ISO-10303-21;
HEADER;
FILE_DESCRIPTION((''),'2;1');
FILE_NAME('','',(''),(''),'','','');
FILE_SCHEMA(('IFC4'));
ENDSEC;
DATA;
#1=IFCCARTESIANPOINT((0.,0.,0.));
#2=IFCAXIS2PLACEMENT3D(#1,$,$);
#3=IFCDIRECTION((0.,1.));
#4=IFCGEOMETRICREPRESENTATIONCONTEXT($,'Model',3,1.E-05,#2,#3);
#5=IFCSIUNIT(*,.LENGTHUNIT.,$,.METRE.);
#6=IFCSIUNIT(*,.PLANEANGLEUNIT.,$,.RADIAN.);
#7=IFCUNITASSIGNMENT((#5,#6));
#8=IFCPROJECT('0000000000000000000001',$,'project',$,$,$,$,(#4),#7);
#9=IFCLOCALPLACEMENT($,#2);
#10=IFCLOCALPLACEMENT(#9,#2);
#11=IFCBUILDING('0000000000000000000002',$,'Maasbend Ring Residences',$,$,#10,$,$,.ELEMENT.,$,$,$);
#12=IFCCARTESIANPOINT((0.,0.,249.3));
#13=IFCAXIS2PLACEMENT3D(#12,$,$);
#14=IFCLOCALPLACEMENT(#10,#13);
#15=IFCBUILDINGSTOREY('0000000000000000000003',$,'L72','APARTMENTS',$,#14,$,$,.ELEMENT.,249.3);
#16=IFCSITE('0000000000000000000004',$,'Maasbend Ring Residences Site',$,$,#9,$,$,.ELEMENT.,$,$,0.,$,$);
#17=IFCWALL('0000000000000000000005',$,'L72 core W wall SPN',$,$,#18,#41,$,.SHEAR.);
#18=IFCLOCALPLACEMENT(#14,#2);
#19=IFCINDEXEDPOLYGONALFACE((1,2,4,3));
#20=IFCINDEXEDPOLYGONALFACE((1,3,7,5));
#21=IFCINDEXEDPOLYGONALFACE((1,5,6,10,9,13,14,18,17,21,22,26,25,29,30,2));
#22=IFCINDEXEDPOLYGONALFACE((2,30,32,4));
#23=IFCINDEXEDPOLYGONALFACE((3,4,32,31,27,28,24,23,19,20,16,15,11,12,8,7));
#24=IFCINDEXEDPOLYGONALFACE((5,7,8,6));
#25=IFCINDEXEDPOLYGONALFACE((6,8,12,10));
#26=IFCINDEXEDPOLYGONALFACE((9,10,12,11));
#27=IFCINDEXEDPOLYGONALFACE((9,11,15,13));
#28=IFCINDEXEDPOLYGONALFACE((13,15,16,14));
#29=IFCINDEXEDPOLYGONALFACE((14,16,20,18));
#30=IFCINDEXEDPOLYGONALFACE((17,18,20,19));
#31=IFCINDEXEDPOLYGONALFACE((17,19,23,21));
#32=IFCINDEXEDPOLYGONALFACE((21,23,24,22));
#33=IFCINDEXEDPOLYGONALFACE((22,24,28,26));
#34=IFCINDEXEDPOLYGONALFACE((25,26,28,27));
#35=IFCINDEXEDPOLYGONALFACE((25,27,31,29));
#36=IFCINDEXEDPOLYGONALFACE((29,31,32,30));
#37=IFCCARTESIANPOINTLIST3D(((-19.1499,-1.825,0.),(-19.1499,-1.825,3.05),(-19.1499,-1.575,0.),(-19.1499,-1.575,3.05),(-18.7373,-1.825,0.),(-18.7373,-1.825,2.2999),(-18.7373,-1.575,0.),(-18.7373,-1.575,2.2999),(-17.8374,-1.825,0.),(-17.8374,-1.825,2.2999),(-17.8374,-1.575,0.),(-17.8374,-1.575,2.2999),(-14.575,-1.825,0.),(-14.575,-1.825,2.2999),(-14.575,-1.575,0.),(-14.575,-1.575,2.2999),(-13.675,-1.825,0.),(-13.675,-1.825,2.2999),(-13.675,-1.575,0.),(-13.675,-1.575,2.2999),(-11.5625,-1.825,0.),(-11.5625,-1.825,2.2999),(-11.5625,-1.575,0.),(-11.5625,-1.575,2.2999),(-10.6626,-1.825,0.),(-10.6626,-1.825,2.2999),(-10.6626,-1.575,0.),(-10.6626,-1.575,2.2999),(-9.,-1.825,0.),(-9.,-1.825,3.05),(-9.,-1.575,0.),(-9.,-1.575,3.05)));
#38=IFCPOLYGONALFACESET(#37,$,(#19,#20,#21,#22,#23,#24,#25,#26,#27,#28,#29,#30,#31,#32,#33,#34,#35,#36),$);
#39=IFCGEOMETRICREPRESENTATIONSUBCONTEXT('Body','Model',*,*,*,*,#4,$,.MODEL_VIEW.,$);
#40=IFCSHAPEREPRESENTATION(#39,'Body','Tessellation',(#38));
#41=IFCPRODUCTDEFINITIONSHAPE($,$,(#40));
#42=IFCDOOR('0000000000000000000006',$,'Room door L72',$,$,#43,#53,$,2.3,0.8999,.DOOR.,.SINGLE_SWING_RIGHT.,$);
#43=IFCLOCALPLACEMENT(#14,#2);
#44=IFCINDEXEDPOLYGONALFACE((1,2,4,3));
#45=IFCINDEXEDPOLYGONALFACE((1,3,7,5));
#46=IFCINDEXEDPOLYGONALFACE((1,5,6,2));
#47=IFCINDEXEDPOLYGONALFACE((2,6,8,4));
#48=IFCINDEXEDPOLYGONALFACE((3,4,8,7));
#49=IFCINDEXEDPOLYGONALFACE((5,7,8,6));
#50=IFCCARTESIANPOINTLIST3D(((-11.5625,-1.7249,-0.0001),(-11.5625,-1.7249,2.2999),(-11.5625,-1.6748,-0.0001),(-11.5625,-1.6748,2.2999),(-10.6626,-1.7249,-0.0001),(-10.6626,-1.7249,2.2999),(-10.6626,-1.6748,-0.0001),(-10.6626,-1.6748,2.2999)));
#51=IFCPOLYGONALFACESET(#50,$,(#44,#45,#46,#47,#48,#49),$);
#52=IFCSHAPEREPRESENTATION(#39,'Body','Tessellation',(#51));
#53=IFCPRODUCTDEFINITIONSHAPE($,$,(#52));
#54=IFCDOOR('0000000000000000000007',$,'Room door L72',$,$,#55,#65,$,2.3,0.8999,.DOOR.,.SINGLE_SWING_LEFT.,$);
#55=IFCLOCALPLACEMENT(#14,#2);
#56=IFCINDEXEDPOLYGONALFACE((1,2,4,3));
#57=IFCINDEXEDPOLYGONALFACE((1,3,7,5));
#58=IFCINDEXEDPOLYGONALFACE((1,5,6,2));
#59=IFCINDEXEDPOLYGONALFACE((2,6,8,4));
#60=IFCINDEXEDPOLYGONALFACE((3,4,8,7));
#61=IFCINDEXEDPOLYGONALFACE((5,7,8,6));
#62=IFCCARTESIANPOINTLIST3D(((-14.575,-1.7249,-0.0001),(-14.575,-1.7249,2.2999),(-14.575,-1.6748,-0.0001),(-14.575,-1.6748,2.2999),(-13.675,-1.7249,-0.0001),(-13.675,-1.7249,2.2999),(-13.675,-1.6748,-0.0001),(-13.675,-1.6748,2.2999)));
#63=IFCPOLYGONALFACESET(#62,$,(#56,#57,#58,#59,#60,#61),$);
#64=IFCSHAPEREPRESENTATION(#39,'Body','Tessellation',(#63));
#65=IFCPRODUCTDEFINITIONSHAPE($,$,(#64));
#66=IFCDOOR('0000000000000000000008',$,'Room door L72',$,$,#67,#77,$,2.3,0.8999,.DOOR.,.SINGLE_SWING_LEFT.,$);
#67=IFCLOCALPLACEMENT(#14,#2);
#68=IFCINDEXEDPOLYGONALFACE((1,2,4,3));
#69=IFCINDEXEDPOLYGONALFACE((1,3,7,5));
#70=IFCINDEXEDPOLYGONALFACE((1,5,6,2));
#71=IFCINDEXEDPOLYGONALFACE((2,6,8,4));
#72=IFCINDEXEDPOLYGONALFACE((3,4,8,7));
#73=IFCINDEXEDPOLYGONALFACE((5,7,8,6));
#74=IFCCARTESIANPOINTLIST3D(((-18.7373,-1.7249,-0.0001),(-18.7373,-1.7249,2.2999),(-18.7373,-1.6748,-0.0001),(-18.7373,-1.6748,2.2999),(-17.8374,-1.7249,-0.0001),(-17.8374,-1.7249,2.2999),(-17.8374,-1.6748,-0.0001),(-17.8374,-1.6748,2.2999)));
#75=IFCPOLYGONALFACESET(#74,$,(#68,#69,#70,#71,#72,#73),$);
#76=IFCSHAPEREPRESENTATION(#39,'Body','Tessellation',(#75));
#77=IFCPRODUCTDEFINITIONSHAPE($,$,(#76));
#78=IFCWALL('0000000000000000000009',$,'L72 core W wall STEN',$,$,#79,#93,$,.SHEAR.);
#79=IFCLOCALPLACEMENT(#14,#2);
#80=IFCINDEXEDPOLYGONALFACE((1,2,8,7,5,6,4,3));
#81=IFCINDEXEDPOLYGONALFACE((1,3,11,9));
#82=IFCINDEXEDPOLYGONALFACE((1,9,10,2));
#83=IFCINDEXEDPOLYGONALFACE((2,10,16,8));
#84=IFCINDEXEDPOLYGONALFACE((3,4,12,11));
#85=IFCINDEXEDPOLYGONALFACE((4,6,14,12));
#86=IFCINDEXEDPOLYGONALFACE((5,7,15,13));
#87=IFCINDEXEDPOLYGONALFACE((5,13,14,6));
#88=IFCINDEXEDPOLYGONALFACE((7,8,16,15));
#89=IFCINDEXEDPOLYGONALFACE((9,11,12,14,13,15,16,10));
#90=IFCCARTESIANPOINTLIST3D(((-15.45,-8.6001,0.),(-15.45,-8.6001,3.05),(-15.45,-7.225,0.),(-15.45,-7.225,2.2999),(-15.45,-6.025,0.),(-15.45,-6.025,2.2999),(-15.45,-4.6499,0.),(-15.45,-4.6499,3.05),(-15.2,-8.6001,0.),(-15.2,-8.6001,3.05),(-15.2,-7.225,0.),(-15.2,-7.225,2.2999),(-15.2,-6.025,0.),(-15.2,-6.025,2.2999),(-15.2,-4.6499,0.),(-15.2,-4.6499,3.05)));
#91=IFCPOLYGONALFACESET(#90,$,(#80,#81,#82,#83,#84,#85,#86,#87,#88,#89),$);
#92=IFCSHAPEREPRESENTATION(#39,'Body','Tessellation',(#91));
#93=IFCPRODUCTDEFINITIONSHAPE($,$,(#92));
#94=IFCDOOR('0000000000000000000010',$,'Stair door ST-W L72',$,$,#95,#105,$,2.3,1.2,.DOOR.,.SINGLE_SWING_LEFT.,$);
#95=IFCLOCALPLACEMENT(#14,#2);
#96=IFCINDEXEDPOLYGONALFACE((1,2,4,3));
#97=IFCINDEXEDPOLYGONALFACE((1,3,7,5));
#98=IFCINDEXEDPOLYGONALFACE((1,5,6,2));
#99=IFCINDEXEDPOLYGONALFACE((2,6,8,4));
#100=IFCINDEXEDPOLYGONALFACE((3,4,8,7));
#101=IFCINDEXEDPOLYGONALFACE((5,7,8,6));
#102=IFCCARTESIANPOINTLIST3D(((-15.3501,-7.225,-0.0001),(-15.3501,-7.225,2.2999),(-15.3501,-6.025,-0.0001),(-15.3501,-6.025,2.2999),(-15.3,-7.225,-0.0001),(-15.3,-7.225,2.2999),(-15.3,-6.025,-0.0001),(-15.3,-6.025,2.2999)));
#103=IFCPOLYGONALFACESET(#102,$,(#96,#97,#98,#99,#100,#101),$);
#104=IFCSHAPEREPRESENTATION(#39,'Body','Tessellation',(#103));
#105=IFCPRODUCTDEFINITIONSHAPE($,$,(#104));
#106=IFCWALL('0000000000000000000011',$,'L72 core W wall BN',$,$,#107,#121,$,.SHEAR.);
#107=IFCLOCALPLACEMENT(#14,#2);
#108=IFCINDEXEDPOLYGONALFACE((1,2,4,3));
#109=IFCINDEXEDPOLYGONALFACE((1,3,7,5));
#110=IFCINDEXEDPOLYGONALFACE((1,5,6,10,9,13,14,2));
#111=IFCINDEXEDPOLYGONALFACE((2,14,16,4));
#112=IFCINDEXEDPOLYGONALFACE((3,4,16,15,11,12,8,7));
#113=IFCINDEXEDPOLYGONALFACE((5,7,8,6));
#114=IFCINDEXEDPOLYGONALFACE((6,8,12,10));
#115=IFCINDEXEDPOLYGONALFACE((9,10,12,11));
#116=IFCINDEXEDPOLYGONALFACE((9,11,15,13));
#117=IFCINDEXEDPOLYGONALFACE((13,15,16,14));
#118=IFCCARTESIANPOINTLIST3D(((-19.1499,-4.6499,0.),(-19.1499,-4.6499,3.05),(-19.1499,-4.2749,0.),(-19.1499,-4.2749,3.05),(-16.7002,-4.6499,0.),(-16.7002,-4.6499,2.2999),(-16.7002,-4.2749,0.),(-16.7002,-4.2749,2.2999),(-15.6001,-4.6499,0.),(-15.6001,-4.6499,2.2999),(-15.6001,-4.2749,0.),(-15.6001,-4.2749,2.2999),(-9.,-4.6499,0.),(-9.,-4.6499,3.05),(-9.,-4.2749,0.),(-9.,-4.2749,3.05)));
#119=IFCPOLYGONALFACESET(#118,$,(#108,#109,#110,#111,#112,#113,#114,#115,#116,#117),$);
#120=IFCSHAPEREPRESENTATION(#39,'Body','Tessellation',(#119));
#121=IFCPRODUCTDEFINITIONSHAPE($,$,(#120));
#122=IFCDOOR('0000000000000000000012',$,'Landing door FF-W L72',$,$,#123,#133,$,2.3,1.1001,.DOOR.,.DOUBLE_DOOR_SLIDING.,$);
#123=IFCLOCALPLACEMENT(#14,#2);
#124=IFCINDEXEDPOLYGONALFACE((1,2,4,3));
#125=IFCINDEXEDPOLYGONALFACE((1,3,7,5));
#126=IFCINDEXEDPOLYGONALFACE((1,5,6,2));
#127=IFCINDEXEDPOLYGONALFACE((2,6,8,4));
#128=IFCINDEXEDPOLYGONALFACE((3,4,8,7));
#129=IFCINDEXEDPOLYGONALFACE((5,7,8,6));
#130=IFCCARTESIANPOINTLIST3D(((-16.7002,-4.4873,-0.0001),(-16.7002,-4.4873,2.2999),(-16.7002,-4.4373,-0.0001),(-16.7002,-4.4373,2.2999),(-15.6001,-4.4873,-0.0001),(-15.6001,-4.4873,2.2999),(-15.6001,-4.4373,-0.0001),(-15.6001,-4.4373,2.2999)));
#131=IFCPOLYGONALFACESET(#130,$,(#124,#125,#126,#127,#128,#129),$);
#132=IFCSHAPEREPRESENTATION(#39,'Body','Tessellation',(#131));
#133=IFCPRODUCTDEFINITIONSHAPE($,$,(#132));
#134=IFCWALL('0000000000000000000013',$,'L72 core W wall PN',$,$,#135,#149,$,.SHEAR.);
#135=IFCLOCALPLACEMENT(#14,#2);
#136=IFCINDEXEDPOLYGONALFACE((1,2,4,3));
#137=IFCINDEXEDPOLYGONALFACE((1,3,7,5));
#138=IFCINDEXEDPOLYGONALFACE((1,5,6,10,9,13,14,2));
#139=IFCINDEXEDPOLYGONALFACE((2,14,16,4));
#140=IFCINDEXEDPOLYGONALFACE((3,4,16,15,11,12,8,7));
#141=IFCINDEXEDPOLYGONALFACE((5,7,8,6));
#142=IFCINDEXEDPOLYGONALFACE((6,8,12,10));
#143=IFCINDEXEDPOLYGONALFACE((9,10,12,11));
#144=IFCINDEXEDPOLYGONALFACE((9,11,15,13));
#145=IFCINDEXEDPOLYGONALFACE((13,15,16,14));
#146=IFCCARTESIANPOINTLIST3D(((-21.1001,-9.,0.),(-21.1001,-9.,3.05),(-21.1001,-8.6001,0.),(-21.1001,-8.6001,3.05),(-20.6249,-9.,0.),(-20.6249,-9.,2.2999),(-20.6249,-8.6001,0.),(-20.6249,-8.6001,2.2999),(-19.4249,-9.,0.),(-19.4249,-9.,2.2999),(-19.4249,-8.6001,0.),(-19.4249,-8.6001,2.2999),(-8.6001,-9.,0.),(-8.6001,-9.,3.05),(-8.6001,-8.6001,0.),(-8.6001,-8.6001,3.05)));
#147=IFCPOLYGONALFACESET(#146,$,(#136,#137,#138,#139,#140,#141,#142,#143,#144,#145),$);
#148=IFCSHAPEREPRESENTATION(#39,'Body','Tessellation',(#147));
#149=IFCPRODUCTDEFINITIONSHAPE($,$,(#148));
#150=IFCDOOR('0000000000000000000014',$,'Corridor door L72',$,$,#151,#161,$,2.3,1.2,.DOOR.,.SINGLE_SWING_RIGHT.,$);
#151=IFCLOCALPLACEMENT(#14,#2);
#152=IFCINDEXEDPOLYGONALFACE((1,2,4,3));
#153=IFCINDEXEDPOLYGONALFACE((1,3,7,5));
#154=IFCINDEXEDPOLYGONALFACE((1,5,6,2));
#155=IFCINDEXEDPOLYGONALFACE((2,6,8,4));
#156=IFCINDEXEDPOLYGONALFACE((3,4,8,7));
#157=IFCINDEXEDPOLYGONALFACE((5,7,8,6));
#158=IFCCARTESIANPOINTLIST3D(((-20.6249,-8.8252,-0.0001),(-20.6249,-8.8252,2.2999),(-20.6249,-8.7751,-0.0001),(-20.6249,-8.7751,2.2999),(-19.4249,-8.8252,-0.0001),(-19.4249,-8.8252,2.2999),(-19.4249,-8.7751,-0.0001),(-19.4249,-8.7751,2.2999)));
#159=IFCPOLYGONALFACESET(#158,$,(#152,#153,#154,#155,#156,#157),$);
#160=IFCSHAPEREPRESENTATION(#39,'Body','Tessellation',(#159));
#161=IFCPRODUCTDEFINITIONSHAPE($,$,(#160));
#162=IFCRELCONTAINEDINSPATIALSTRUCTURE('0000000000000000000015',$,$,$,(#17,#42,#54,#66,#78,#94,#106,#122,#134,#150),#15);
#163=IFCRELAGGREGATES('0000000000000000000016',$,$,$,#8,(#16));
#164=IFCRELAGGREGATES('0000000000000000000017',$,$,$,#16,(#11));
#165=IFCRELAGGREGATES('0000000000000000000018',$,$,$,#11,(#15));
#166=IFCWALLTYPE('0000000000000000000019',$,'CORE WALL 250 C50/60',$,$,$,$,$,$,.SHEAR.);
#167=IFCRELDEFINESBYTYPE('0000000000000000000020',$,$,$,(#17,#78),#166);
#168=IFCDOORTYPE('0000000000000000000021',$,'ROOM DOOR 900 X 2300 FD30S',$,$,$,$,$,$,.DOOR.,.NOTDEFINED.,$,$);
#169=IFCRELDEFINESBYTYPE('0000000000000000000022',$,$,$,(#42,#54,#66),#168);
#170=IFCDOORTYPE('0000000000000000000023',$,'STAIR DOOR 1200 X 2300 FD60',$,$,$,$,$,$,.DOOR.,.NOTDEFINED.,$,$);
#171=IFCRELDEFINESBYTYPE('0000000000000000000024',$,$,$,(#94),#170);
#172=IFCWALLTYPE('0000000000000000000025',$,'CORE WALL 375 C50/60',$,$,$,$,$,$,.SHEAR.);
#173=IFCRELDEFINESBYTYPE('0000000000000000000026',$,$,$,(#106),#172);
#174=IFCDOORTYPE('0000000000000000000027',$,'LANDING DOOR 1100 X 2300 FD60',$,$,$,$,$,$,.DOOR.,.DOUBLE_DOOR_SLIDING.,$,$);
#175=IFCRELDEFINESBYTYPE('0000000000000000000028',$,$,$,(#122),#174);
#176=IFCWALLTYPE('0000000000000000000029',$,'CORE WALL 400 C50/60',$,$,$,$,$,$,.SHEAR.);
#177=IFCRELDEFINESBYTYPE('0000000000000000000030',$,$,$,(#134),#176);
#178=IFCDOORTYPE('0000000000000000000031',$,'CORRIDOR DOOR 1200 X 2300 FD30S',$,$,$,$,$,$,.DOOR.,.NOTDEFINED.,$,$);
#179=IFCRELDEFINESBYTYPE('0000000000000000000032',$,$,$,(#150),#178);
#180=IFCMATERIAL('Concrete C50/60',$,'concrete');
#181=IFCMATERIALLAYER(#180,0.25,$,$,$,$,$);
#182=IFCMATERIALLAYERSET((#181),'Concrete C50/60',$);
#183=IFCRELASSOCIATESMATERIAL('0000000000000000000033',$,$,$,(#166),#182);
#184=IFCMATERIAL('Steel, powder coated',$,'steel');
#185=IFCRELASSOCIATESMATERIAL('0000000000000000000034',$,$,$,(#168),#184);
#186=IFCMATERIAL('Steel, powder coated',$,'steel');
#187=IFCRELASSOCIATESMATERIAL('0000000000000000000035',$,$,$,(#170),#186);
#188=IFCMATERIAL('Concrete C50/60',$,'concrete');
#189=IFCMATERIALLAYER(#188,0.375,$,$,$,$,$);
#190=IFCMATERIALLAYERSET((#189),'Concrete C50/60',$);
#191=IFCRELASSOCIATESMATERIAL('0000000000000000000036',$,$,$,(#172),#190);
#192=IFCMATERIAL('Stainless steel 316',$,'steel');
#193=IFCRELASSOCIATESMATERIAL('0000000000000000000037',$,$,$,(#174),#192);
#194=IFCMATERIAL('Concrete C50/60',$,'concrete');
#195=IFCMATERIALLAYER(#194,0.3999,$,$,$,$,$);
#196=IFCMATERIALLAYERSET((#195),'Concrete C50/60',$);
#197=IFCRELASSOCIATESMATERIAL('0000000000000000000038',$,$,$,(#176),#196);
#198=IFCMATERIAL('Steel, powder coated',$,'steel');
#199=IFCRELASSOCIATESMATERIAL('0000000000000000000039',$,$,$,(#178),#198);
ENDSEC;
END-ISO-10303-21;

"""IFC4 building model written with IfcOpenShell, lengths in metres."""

from ifc_helpers import new_model, si_unit, direction, frame, frame_2d, origin, place, context, subcontext, project, spatial, rectangle, extrude, material, layer, layer_set, type_object, element, fill, save


model = new_model("IFC4")

# Units and contexts
model_context = context("Model", 3, precision=1e-05, world=origin(), true_north=direction((0.0, 1.0)))
body_context = subcontext(model_context, "Body", "Model", "MODEL_VIEW")
ifc_project = project(units=[si_unit("LENGTHUNIT", "METRE"), si_unit("PLANEANGLEUNIT", "RADIAN")], contexts=[model_context])

# Site, building, storey
site_placement = place(None, origin())
site = spatial("IfcSite", under=ifc_project, at=site_placement, Name="Maasbend Ring Residences Site", CompositionType="ELEMENT", RefElevation=0.0)
building_placement = place(site_placement, origin())
building = spatial("IfcBuilding", under=site, at=building_placement, Name="Maasbend Ring Residences", CompositionType="ELEMENT")
storey_placement = place(building_placement, frame((0.0, 0.0, 249.3)))
storey = spatial("IfcBuildingStorey", under=building, at=storey_placement, Name="L72", Description="APARTMENTS", CompositionType="ELEMENT", Elevation=249.3)

# Wall, openings, doors
ifc_material_1 = material(Name="Concrete C50/60", Category="concrete")
ifc_layer_1 = layer(ifc_material_1, 0.25)
ifc_layer_set_1 = layer_set([ifc_layer_1], Name="Concrete C50/60")
wall_type_1 = type_object("IfcWallType", Name="CORE WALL 250 C50/60", PredefinedType="SHEAR", material=ifc_layer_set_1)
wall_1_placement = place(storey_placement, frame((-9.0, -1.7, 0.0), z_axis=(0.0, 0.0, 1.0), x_axis=(-1.0, 0.0, 0.0)))
wall_1 = element("IfcWall", 1, at=wall_1_placement, inside=storey, type_object=wall_type_1, Name="L72 core W wall SPN", PredefinedType="SHEAR", context=body_context, shape_type="SweptSolid", body=[
    extrude(rectangle(XDim=10.1499, YDim=0.25, at=frame_2d((5.075, 0.0))), origin(), (0.0, 0.0, 1.0), 3.05),
])
opening_1_placement = place(wall_1_placement, frame((1.6626, 0.0, 0.0)))
opening_1 = element("IfcOpeningElement", 2, at=opening_1_placement, cuts=wall_1, PredefinedType="OPENING", context=body_context, shape_type="SweptSolid", body=[
    extrude(rectangle(XDim=0.8999, YDim=2.3, at=frame_2d((0.45, 1.1499))), frame((0.0, 0.135, 0.0), z_axis=(0.0, -1.0, 0.0), x_axis=(1.0, 0.0, 0.0)), (0.0, 0.0, 1.0), 0.27),
])
opening_2_placement = place(wall_1_placement, frame((4.675, 0.0, 0.0)))
opening_2 = element("IfcOpeningElement", 3, at=opening_2_placement, cuts=wall_1, PredefinedType="OPENING", context=body_context, shape_type="SweptSolid", body=[
    extrude(rectangle(XDim=0.8999, YDim=2.3, at=frame_2d((0.45, 1.1499))), frame((0.0, 0.135, 0.0), z_axis=(0.0, -1.0, 0.0), x_axis=(1.0, 0.0, 0.0)), (0.0, 0.0, 1.0), 0.27),
])
opening_3_placement = place(wall_1_placement, frame((8.8374, 0.0, 0.0)))
opening_3 = element("IfcOpeningElement", 4, at=opening_3_placement, cuts=wall_1, PredefinedType="OPENING", context=body_context, shape_type="SweptSolid", body=[
    extrude(rectangle(XDim=0.8999, YDim=2.3, at=frame_2d((0.45, 1.1499))), frame((0.0, 0.135, 0.0), z_axis=(0.0, -1.0, 0.0), x_axis=(1.0, 0.0, 0.0)), (0.0, 0.0, 1.0), 0.27),
])
ifc_material_2 = material(Name="Steel, powder coated", Category="steel")
door_type_1 = type_object("IfcDoorType", Name="ROOM DOOR 900 X 2300 FD30S", OperationType="NOTDEFINED", PredefinedType="DOOR", material=ifc_material_2)
door_1_placement = place(opening_1_placement, origin())
door_1 = element("IfcDoor", 5, at=door_1_placement, inside=storey, type_object=door_type_1, Name="Room door L72", OperationType="SINGLE_SWING_RIGHT", OverallHeight=2.3, OverallWidth=0.8999, PredefinedType="DOOR", context=body_context, shape_type="SweptSolid", body=[
    extrude(rectangle(XDim=0.8999, YDim=2.3, at=frame_2d((0.45, 1.1499))), frame((0.0, 0.0249, 0.0), z_axis=(0.0, -1.0, 0.0), x_axis=(1.0, 0.0, 0.0)), (0.0, 0.0, 1.0), 0.05),
])
fill(opening_1, door_1)
door_2_placement = place(opening_2_placement, origin())
door_2 = element("IfcDoor", 6, at=door_2_placement, inside=storey, type_object=door_type_1, Name="Room door L72", OperationType="SINGLE_SWING_LEFT", OverallHeight=2.3, OverallWidth=0.8999, PredefinedType="DOOR", context=body_context, shape_type="SweptSolid", body=[
    extrude(rectangle(XDim=0.8999, YDim=2.3, at=frame_2d((0.45, 1.1499))), frame((0.0, 0.0249, 0.0), z_axis=(0.0, -1.0, 0.0), x_axis=(1.0, 0.0, 0.0)), (0.0, 0.0, 1.0), 0.05),
])
fill(opening_2, door_2)
door_3_placement = place(opening_3_placement, origin())
door_3 = element("IfcDoor", 7, at=door_3_placement, inside=storey, type_object=door_type_1, Name="Room door L72", OperationType="SINGLE_SWING_LEFT", OverallHeight=2.3, OverallWidth=0.8999, PredefinedType="DOOR", context=body_context, shape_type="SweptSolid", body=[
    extrude(rectangle(XDim=0.8999, YDim=2.3, at=frame_2d((0.45, 1.1499))), frame((0.0, 0.0249, 0.0), z_axis=(0.0, -1.0, 0.0), x_axis=(1.0, 0.0, 0.0)), (0.0, 0.0, 1.0), 0.05),
])
fill(opening_3, door_3)

# Walls, openings, doors
wall_2_placement = place(storey_placement, frame((-15.325, -4.6499, 0.0), z_axis=(0.0, 0.0, 1.0), x_axis=(0.0, -1.0, 0.0)))
wall_2 = element("IfcWall", 8, at=wall_2_placement, inside=storey, type_object=wall_type_1, Name="L72 core W wall STEN", PredefinedType="SHEAR", context=body_context, shape_type="SweptSolid", body=[
    extrude(rectangle(XDim=3.9502, YDim=0.25, at=frame_2d((1.9751, 0.0))), origin(), (0.0, 0.0, 1.0), 3.05),
])
opening_4_placement = place(wall_2_placement, frame((1.375, 0.0, 0.0)))
opening_4 = element("IfcOpeningElement", 9, at=opening_4_placement, cuts=wall_2, PredefinedType="OPENING", context=body_context, shape_type="SweptSolid", body=[
    extrude(rectangle(XDim=1.2, YDim=2.3, at=frame_2d((0.6001, 1.1499))), frame((0.0, 0.135, 0.0), z_axis=(0.0, -1.0, 0.0), x_axis=(1.0, 0.0, 0.0)), (0.0, 0.0, 1.0), 0.27),
])
ifc_material_3 = material(Name="Steel, powder coated", Category="steel")
door_type_2 = type_object("IfcDoorType", Name="STAIR DOOR 1200 X 2300 FD60", OperationType="NOTDEFINED", PredefinedType="DOOR", material=ifc_material_3)
door_4_placement = place(opening_4_placement, origin())
door_4 = element("IfcDoor", 10, at=door_4_placement, inside=storey, type_object=door_type_2, Name="Stair door ST-W L72", OperationType="SINGLE_SWING_LEFT", OverallHeight=2.3, OverallWidth=1.2, PredefinedType="DOOR", context=body_context, shape_type="SweptSolid", body=[
    extrude(rectangle(XDim=1.2, YDim=2.3, at=frame_2d((0.6001, 1.1499))), frame((0.0, 0.0249, 0.0), z_axis=(0.0, -1.0, 0.0), x_axis=(1.0, 0.0, 0.0)), (0.0, 0.0, 1.0), 0.05),
])
fill(opening_4, door_4)
ifc_material_4 = material(Name="Concrete C50/60", Category="concrete")
ifc_layer_2 = layer(ifc_material_4, 0.375)
ifc_layer_set_2 = layer_set([ifc_layer_2], Name="Concrete C50/60")
wall_type_2 = type_object("IfcWallType", Name="CORE WALL 375 C50/60", PredefinedType="SHEAR", material=ifc_layer_set_2)
wall_3_placement = place(storey_placement, frame((-9.0, -4.4624, 0.0), z_axis=(0.0, 0.0, 1.0), x_axis=(-1.0, 0.0, 0.0)))
wall_3 = element("IfcWall", 11, at=wall_3_placement, inside=storey, type_object=wall_type_2, Name="L72 core W wall BN", PredefinedType="SHEAR", context=body_context, shape_type="SweptSolid", body=[
    extrude(rectangle(XDim=10.1499, YDim=0.375, at=frame_2d((5.075, 0.0))), origin(), (0.0, 0.0, 1.0), 3.05),
])
opening_5_placement = place(wall_3_placement, frame((6.6001, 0.0, 0.0)))
opening_5 = element("IfcOpeningElement", 12, at=opening_5_placement, cuts=wall_3, PredefinedType="OPENING", context=body_context, shape_type="SweptSolid", body=[
    extrude(rectangle(XDim=1.1001, YDim=2.3, at=frame_2d((0.55, 1.1499))), frame((0.0, 0.1975, 0.0), z_axis=(0.0, -1.0, 0.0), x_axis=(1.0, 0.0, 0.0)), (0.0, 0.0, 1.0), 0.395),
])
ifc_material_5 = material(Name="Stainless steel 316", Category="steel")
door_type_3 = type_object("IfcDoorType", Name="LANDING DOOR 1100 X 2300 FD60", OperationType="DOUBLE_DOOR_SLIDING", PredefinedType="DOOR", material=ifc_material_5)
door_5_placement = place(opening_5_placement, origin())
door_5 = element("IfcDoor", 13, at=door_5_placement, inside=storey, type_object=door_type_3, Name="Landing door FF-W L72", OperationType="DOUBLE_DOOR_SLIDING", OverallHeight=2.3, OverallWidth=1.1001, PredefinedType="DOOR", context=body_context, shape_type="SweptSolid", body=[
    extrude(rectangle(XDim=1.1001, YDim=2.3, at=frame_2d((0.55, 1.1499))), frame((0.0, 0.0249, 0.0), z_axis=(0.0, -1.0, 0.0), x_axis=(1.0, 0.0, 0.0)), (0.0, 0.0, 1.0), 0.05),
])
fill(opening_5, door_5)
ifc_material_6 = material(Name="Concrete C50/60", Category="concrete")
ifc_layer_3 = layer(ifc_material_6, 0.3999)
ifc_layer_set_3 = layer_set([ifc_layer_3], Name="Concrete C50/60")
wall_type_3 = type_object("IfcWallType", Name="CORE WALL 400 C50/60", PredefinedType="SHEAR", material=ifc_layer_set_3)
wall_4_placement = place(storey_placement, frame((-21.1001, -8.8, 0.0), z_axis=(0.0, 0.0, 1.0), x_axis=(1.0, 0.0, 0.0)))
wall_4 = element("IfcWall", 14, at=wall_4_placement, inside=storey, type_object=wall_type_3, Name="L72 core W wall PN", PredefinedType="SHEAR", context=body_context, shape_type="SweptSolid", body=[
    extrude(rectangle(XDim=12.5, YDim=0.3999, at=frame_2d((6.25, 0.0))), origin(), (0.0, 0.0, 1.0), 3.05),
])
opening_6_placement = place(wall_4_placement, frame((0.4751, 0.0, 0.0)))
opening_6 = element("IfcOpeningElement", 15, at=opening_6_placement, cuts=wall_4, PredefinedType="OPENING", context=body_context, shape_type="SweptSolid", body=[
    extrude(rectangle(XDim=1.2, YDim=2.3, at=frame_2d((0.6001, 1.1499))), frame((0.0, 0.21, 0.0), z_axis=(0.0, -1.0, 0.0), x_axis=(1.0, 0.0, 0.0)), (0.0, 0.0, 1.0), 0.4199),
])
ifc_material_7 = material(Name="Steel, powder coated", Category="steel")
door_type_4 = type_object("IfcDoorType", Name="CORRIDOR DOOR 1200 X 2300 FD30S", OperationType="NOTDEFINED", PredefinedType="DOOR", material=ifc_material_7)
door_6_placement = place(opening_6_placement, origin())
door_6 = element("IfcDoor", 16, at=door_6_placement, inside=storey, type_object=door_type_4, Name="Corridor door L72", OperationType="SINGLE_SWING_RIGHT", OverallHeight=2.3, OverallWidth=1.2, PredefinedType="DOOR", context=body_context, shape_type="SweptSolid", body=[
    extrude(rectangle(XDim=1.2, YDim=2.3, at=frame_2d((0.6001, 1.1499))), frame((0.0, 0.0249, 0.0), z_axis=(0.0, -1.0, 0.0), x_axis=(1.0, 0.0, 0.0)), (0.0, 0.0, 1.0), 0.05),
])
fill(opening_6, door_6)

save(model, "model.ifc")
